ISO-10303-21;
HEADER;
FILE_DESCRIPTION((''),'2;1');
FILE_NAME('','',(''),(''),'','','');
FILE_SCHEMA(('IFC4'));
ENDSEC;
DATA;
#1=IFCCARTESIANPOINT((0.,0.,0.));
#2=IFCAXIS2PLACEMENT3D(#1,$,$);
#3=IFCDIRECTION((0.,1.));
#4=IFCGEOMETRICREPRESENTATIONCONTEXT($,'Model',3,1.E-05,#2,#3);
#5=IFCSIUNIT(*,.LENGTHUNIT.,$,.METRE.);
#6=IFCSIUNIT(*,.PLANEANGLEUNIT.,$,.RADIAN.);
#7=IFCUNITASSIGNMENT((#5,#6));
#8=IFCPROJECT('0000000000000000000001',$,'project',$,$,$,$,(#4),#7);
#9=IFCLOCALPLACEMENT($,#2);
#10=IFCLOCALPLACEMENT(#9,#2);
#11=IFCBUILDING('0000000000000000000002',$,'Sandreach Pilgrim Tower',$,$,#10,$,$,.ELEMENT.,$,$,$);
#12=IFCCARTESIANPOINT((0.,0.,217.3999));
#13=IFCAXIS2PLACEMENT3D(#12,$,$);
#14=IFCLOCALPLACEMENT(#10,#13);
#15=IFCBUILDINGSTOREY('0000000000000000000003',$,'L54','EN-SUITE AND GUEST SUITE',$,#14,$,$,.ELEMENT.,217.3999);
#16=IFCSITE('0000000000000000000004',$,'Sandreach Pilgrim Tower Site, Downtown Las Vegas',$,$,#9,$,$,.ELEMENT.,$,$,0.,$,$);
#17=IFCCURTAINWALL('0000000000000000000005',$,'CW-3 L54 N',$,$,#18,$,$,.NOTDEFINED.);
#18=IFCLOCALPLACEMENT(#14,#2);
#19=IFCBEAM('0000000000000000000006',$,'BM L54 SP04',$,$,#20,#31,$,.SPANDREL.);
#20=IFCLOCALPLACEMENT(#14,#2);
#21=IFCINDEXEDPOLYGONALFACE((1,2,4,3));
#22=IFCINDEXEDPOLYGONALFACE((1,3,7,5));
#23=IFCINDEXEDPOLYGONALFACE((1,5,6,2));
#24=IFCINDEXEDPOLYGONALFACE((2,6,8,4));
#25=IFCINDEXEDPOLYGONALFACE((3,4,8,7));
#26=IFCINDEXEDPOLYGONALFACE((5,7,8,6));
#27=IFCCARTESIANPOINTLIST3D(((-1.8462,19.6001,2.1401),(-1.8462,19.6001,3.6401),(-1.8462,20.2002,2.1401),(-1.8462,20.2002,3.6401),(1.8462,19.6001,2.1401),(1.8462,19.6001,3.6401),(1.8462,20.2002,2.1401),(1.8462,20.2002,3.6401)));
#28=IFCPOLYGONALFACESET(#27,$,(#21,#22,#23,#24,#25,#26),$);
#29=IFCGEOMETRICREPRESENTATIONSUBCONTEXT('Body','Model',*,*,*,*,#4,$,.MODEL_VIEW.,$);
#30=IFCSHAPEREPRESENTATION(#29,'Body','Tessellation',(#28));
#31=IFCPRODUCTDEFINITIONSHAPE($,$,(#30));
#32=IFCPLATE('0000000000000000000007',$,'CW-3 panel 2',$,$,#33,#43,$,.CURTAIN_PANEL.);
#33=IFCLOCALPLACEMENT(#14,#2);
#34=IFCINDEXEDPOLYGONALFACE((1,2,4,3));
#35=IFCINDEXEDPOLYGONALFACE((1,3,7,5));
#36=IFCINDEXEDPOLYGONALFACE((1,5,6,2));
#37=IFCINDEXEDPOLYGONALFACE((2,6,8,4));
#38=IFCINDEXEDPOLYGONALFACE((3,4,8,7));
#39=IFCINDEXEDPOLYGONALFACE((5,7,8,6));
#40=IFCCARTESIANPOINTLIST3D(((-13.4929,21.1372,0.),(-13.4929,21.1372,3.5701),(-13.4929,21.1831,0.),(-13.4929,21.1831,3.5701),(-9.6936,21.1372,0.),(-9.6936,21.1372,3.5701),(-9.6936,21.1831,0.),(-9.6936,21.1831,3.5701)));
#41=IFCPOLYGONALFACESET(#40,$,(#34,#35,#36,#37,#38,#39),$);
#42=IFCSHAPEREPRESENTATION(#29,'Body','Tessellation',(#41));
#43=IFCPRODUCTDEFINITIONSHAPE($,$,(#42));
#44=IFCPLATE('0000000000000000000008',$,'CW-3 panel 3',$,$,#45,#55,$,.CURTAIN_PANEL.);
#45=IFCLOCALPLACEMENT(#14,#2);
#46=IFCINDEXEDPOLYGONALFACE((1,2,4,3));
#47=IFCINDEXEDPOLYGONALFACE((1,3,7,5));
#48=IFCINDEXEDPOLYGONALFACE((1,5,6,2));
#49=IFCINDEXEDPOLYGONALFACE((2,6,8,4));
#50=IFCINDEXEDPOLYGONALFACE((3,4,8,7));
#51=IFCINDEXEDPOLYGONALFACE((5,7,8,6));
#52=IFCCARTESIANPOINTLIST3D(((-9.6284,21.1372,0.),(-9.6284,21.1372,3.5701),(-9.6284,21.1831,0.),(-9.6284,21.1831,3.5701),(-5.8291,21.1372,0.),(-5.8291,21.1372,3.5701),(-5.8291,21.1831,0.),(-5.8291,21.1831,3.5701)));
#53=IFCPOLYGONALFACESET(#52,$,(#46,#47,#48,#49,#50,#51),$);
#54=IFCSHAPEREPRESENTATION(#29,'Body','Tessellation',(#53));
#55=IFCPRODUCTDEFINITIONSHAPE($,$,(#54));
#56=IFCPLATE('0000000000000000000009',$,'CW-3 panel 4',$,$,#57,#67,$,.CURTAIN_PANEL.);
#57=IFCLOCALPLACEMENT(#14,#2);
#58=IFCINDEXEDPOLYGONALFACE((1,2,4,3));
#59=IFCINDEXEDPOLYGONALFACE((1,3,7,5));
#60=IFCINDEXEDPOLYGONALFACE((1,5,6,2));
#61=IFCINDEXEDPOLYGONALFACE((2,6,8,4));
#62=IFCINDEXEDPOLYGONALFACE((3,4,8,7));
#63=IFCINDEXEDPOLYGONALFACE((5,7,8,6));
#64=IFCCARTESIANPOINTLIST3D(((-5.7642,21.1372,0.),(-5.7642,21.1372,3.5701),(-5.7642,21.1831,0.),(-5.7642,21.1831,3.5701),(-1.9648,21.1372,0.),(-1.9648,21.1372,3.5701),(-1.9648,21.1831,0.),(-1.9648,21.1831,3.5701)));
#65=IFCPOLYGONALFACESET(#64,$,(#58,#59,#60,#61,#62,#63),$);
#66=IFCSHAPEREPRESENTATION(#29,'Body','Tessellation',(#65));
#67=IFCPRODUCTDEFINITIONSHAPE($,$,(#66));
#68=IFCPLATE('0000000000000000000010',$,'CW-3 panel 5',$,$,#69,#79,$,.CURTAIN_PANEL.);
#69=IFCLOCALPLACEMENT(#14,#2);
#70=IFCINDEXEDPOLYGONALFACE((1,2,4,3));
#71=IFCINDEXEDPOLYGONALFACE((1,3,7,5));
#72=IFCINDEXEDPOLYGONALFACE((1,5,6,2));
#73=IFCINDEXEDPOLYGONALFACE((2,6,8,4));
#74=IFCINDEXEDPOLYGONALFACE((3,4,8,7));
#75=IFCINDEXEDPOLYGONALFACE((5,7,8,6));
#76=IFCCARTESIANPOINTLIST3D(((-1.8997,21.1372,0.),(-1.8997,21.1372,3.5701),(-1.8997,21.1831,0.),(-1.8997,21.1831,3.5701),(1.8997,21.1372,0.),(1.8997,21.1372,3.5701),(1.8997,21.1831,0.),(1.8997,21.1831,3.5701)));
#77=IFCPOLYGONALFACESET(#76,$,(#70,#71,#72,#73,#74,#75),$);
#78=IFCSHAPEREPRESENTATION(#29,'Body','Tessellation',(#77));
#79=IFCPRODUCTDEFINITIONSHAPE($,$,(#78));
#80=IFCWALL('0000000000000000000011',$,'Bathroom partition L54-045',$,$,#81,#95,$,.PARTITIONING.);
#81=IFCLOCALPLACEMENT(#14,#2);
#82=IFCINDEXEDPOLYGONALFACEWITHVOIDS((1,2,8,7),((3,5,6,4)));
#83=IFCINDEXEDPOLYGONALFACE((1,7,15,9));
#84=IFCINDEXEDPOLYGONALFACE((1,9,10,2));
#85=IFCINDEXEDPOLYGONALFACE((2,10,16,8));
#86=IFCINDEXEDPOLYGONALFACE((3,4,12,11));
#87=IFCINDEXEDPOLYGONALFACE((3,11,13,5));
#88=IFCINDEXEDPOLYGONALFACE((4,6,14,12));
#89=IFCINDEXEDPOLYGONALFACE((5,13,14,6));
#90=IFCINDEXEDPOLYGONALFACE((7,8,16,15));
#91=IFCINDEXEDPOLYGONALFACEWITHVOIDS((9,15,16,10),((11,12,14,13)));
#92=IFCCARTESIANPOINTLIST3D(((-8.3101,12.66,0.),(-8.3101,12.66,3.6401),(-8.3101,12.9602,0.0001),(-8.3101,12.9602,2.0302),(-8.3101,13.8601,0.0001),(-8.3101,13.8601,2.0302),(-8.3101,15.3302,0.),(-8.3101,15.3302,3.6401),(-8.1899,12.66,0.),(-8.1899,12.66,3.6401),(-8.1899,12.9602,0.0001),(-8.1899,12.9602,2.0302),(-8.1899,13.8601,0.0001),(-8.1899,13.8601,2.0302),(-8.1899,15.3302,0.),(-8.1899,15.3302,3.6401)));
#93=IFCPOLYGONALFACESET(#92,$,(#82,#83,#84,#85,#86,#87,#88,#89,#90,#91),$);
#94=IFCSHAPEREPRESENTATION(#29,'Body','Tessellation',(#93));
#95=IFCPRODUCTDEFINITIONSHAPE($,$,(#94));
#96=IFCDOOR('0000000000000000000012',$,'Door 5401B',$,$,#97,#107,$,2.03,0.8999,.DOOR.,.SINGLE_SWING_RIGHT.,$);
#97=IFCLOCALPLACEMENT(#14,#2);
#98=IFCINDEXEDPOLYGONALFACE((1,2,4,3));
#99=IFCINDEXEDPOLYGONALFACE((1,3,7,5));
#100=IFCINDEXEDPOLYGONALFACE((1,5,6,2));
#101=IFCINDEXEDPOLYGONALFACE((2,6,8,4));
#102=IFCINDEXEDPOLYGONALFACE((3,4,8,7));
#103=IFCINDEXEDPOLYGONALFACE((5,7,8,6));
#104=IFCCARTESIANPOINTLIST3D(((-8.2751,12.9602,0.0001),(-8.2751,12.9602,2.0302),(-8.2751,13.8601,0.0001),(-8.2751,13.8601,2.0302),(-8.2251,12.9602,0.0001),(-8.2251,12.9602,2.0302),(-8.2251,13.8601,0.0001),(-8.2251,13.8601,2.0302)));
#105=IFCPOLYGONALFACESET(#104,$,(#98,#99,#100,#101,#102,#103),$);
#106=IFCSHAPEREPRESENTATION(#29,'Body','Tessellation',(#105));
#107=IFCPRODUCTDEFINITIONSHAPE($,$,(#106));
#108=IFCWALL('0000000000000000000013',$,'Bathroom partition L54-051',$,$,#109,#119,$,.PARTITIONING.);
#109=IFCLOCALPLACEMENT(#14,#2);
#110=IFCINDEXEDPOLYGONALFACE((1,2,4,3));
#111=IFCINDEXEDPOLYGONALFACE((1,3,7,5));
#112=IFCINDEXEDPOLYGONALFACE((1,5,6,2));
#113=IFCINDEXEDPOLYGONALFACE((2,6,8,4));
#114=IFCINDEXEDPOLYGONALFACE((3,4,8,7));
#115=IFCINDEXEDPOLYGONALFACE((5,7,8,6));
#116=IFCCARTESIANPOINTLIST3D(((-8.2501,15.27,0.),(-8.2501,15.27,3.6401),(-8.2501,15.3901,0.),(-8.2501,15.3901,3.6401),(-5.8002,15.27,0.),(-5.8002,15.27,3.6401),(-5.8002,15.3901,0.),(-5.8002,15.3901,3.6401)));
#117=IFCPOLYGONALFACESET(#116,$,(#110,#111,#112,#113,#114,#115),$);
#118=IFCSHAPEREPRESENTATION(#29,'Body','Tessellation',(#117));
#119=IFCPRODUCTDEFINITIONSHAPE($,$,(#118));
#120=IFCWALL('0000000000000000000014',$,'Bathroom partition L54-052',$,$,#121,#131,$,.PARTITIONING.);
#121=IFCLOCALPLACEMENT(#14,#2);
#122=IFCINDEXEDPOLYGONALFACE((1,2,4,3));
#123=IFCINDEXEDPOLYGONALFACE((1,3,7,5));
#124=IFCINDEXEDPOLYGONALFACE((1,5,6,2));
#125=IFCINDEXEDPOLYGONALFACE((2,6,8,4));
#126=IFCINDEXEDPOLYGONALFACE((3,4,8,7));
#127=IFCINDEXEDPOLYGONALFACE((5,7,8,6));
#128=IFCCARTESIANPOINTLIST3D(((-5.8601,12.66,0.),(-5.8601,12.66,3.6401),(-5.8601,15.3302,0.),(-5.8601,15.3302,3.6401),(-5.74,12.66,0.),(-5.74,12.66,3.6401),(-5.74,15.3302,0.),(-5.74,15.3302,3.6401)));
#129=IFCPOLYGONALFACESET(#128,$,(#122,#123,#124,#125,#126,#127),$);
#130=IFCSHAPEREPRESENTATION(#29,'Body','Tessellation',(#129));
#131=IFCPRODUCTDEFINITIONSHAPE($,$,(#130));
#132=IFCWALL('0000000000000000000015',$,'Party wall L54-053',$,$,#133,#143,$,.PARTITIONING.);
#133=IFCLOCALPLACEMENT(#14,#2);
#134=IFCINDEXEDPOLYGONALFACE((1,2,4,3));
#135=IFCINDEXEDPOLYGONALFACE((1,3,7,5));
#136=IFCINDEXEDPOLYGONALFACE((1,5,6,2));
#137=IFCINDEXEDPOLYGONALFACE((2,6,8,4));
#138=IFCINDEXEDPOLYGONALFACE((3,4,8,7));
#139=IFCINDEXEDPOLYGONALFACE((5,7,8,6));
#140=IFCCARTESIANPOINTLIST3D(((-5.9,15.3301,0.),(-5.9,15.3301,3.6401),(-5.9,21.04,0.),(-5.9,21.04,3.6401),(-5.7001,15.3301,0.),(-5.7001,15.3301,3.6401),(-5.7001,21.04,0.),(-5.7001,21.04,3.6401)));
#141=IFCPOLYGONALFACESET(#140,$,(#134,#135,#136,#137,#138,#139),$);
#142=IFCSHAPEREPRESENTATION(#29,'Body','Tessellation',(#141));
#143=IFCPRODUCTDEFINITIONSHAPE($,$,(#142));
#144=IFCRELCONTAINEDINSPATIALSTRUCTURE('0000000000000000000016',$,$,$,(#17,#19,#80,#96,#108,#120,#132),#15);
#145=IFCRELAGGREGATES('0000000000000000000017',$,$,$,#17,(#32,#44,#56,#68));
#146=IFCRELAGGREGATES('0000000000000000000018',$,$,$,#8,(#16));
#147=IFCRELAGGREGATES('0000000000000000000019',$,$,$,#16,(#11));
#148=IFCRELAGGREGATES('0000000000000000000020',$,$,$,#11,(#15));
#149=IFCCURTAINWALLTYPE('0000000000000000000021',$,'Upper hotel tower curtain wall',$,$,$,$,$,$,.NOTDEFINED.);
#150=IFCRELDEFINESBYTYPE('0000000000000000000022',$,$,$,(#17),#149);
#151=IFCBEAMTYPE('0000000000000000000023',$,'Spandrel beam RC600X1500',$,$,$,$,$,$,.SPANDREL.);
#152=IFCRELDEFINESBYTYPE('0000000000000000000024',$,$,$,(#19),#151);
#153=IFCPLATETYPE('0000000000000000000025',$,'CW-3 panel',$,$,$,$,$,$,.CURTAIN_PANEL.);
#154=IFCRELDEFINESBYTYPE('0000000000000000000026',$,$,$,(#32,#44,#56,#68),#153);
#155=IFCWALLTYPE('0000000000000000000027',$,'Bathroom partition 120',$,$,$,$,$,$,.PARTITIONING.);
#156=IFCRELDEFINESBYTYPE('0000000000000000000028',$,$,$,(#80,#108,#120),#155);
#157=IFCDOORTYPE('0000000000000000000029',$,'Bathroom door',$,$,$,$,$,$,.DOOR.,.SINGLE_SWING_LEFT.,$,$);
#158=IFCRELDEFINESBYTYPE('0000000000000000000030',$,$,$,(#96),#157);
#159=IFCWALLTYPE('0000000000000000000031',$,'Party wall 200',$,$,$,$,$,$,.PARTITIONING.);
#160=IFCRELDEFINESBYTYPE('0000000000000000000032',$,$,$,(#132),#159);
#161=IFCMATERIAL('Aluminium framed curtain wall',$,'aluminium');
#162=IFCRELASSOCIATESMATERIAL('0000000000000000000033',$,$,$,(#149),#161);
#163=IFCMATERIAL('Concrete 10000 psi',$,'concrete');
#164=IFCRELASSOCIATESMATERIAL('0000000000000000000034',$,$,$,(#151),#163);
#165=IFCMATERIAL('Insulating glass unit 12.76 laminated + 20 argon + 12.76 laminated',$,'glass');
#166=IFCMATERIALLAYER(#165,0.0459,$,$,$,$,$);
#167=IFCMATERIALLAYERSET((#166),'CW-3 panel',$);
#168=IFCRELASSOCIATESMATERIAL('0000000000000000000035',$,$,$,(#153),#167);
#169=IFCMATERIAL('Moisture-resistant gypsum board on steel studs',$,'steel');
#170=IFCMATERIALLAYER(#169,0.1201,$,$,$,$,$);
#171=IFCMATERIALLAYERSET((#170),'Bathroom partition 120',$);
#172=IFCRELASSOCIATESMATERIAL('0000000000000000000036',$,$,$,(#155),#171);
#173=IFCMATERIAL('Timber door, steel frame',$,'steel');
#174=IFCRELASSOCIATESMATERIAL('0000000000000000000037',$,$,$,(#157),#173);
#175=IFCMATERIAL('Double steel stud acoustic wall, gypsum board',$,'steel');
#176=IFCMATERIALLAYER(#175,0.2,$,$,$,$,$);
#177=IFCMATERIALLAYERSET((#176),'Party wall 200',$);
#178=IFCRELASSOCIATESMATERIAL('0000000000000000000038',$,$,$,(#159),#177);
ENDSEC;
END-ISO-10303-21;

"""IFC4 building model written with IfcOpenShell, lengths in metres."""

from ifc_helpers import new_model, si_unit, direction, frame, frame_2d, origin, origin_2d, place, context, subcontext, project, spatial, rectangle, extrude, material, layer, layer_set, material_profile, profile_set, type_object, element, fill, aggregate, save


model = new_model("IFC4")

# Units and contexts
model_context = context("Model", 3, precision=1e-05, world=origin(), true_north=direction((0.0, 1.0)))
body_context = subcontext(model_context, "Body", "Model", "MODEL_VIEW")
ifc_project = project(units=[si_unit("LENGTHUNIT", "METRE"), si_unit("PLANEANGLEUNIT", "RADIAN")], contexts=[model_context])

# Site, building, storey
site_placement = place(None, origin())
site = spatial("IfcSite", under=ifc_project, at=site_placement, Name="Sandreach Pilgrim Tower Site, Downtown Las Vegas", CompositionType="ELEMENT", RefElevation=0.0)
building_placement = place(site_placement, origin())
building = spatial("IfcBuilding", under=site, at=building_placement, Name="Sandreach Pilgrim Tower", CompositionType="ELEMENT")
storey_placement = place(building_placement, frame((0.0, 0.0, 217.3999)))
storey = spatial("IfcBuildingStorey", under=building, at=storey_placement, Name="L54", Description="EN-SUITE AND GUEST SUITE", CompositionType="ELEMENT", Elevation=217.3999)

# Curtain wall
ifc_material_1 = material(Name="Aluminium framed curtain wall", Category="aluminium")
curtain_wall_type = type_object("IfcCurtainWallType", Name="Upper hotel tower curtain wall", PredefinedType="NOTDEFINED", material=ifc_material_1)
curtain_wall_placement = place(storey_placement, origin())
curtain_wall = element("IfcCurtainWall", 1, at=curtain_wall_placement, inside=storey, type_object=curtain_wall_type, Name="CW-3 L54 N", PredefinedType="NOTDEFINED")

# Beam
ifc_material_2 = material(Name="Concrete 10000 psi", Category="concrete")
ifc_material_profile_1 = material_profile(ifc_material_2, rectangle(XDim=0.6001, YDim=1.5, at=origin_2d()), Name="RC600X1500")
ifc_profile_set_1 = profile_set([ifc_material_profile_1], Name="Concrete 10000 psi")
beam_type_1 = type_object("IfcBeamType", Name="Spandrel beam RC600X1500", PredefinedType="SPANDREL", material=ifc_profile_set_1)
beam_1_placement = place(storey_placement, frame((-1.8462, 19.9001, 2.8901), z_axis=(1.0, 0.0, 0.0), x_axis=(0.0, 1.0, 0.0)))
element("IfcBeam", 2, at=beam_1_placement, inside=storey, type_object=beam_type_1, Name="BM L54 SP04", PredefinedType="SPANDREL", context=body_context, shape_type="SweptSolid", body=[
    extrude(rectangle(XDim=0.6001, YDim=1.5, at=origin_2d()), origin(), (0.0, 0.0, 1.0), 3.6924),
])

# Plates
ifc_material_3 = material(Name="Insulating glass unit 12.76 laminated + 20 argon + 12.76 laminated", Category="glass")
ifc_layer_1 = layer(ifc_material_3, 0.0459)
ifc_layer_set_1 = layer_set([ifc_layer_1], Name="CW-3 panel")
plate_type = type_object("IfcPlateType", Name="CW-3 panel", PredefinedType="CURTAIN_PANEL", material=ifc_layer_set_1)
plate_1_placement = place(storey_placement, frame((-11.5933, 21.1602, 0.0), z_axis=(0.0, 0.0, 1.0), x_axis=(1.0, 0.0, 0.0)))
plate_1 = element("IfcPlate", 3, at=plate_1_placement, type_object=plate_type, Name="CW-3 panel 2", PredefinedType="CURTAIN_PANEL", context=body_context, shape_type="SweptSolid", body=[
    extrude(rectangle(XDim=3.7993, YDim=0.0459, at=origin_2d()), origin(), (0.0, 0.0, 1.0), 3.5701),
])
plate_2_placement = place(storey_placement, frame((-7.7288, 21.1602, 0.0), z_axis=(0.0, 0.0, 1.0), x_axis=(1.0, 0.0, 0.0)))
plate_2 = element("IfcPlate", 4, at=plate_2_placement, type_object=plate_type, Name="CW-3 panel 3", PredefinedType="CURTAIN_PANEL", context=body_context, shape_type="SweptSolid", body=[
    extrude(rectangle(XDim=3.7993, YDim=0.0459, at=origin_2d()), origin(), (0.0, 0.0, 1.0), 3.5701),
])
plate_3_placement = place(storey_placement, frame((-3.8645, 21.1602, 0.0), z_axis=(0.0, 0.0, 1.0), x_axis=(1.0, 0.0, 0.0)))
plate_3 = element("IfcPlate", 5, at=plate_3_placement, type_object=plate_type, Name="CW-3 panel 4", PredefinedType="CURTAIN_PANEL", context=body_context, shape_type="SweptSolid", body=[
    extrude(rectangle(XDim=3.7993, YDim=0.0459, at=origin_2d()), origin(), (0.0, 0.0, 1.0), 3.5701),
])
plate_4_placement = place(storey_placement, frame((0.0, 21.1602, 0.0), z_axis=(0.0, 0.0, 1.0), x_axis=(1.0, 0.0, 0.0)))
plate_4 = element("IfcPlate", 6, at=plate_4_placement, type_object=plate_type, Name="CW-3 panel 5", PredefinedType="CURTAIN_PANEL", context=body_context, shape_type="SweptSolid", body=[
    extrude(rectangle(XDim=3.7993, YDim=0.0459, at=origin_2d()), origin(), (0.0, 0.0, 1.0), 3.5701),
])
aggregate(curtain_wall, [plate_1, plate_2, plate_3, plate_4])

# Wall, opening, door
ifc_material_4 = material(Name="Moisture-resistant gypsum board on steel studs", Category="steel")
ifc_layer_2 = layer(ifc_material_4, 0.1201)
ifc_layer_set_2 = layer_set([ifc_layer_2], Name="Bathroom partition 120")
wall_type_1 = type_object("IfcWallType", Name="Bathroom partition 120", PredefinedType="PARTITIONING", material=ifc_layer_set_2)
wall_1_placement = place(storey_placement, frame((-8.25, 15.3301, 0.0), z_axis=(0.0, 0.0, 1.0), x_axis=(0.0, -1.0, 0.0)))
wall_1 = element("IfcWall", 7, at=wall_1_placement, inside=storey, type_object=wall_type_1, Name="Bathroom partition L54-045", PredefinedType="PARTITIONING", context=body_context, shape_type="SweptSolid", body=[
    extrude(rectangle(XDim=2.6702, YDim=0.1201, at=frame_2d((1.335, 0.0))), origin(), (0.0, 0.0, 1.0), 3.6401),
])
opening_placement = place(wall_1_placement, frame((1.47, 0.0, 0.0)))
opening = element("IfcOpeningElement", 8, at=opening_placement, cuts=wall_1, PredefinedType="OPENING", context=body_context, shape_type="SweptSolid", body=[
    extrude(rectangle(XDim=0.8999, YDim=2.03, at=frame_2d((0.45, 1.0151))), frame((0.0, 0.0601, 0.0), z_axis=(0.0, -1.0, 0.0), x_axis=(1.0, 0.0, 0.0)), (0.0, 0.0, 1.0), 0.1201),
])
ifc_material_5 = material(Name="Timber door, steel frame", Category="steel")
door_type = type_object("IfcDoorType", Name="Bathroom door", OperationType="SINGLE_SWING_LEFT", PredefinedType="DOOR", material=ifc_material_5)
door_placement = place(opening_placement, origin())
door = element("IfcDoor", 9, at=door_placement, inside=storey, type_object=door_type, Name="Door 5401B", OperationType="SINGLE_SWING_RIGHT", OverallHeight=2.03, OverallWidth=0.8999, PredefinedType="DOOR", context=body_context, shape_type="SweptSolid", body=[
    extrude(rectangle(XDim=0.8999, YDim=2.03, at=frame_2d((0.45, 1.0151))), frame((0.0, 0.0249, 0.0), z_axis=(0.0, -1.0, 0.0), x_axis=(1.0, 0.0, 0.0)), (0.0, 0.0, 1.0), 0.05),
])
fill(opening, door)

# Walls
wall_2_placement = place(storey_placement, frame((-5.8, 15.3301, 0.0), z_axis=(0.0, 0.0, 1.0), x_axis=(-1.0, 0.0, 0.0)))
element("IfcWall", 10, at=wall_2_placement, inside=storey, type_object=wall_type_1, Name="Bathroom partition L54-051", PredefinedType="PARTITIONING", context=body_context, shape_type="SweptSolid", body=[
    extrude(rectangle(XDim=2.45, YDim=0.1201, at=frame_2d((1.2251, 0.0))), origin(), (0.0, 0.0, 1.0), 3.6401),
])
wall_3_placement = place(storey_placement, frame((-5.8, 15.3301, 0.0), z_axis=(0.0, 0.0, 1.0), x_axis=(0.0, -1.0, 0.0)))
element("IfcWall", 11, at=wall_3_placement, inside=storey, type_object=wall_type_1, Name="Bathroom partition L54-052", PredefinedType="PARTITIONING", context=body_context, shape_type="SweptSolid", body=[
    extrude(rectangle(XDim=2.6702, YDim=0.1201, at=frame_2d((1.335, 0.0))), origin(), (0.0, 0.0, 1.0), 3.6401),
])
ifc_material_6 = material(Name="Double steel stud acoustic wall, gypsum board", Category="steel")
ifc_layer_3 = layer(ifc_material_6, 0.2)
ifc_layer_set_3 = layer_set([ifc_layer_3], Name="Party wall 200")
wall_type_2 = type_object("IfcWallType", Name="Party wall 200", PredefinedType="PARTITIONING", material=ifc_layer_set_3)
wall_4_placement = place(storey_placement, frame((-5.8, 21.04, 0.0), z_axis=(0.0, 0.0, 1.0), x_axis=(0.0, -1.0, 0.0)))
element("IfcWall", 12, at=wall_4_placement, inside=storey, type_object=wall_type_2, Name="Party wall L54-053", PredefinedType="PARTITIONING", context=body_context, shape_type="SweptSolid", body=[
    extrude(rectangle(XDim=5.71, YDim=0.2, at=frame_2d((2.855, 0.0))), origin(), (0.0, 0.0, 1.0), 3.6401),
])

save(model, "model.ifc")
